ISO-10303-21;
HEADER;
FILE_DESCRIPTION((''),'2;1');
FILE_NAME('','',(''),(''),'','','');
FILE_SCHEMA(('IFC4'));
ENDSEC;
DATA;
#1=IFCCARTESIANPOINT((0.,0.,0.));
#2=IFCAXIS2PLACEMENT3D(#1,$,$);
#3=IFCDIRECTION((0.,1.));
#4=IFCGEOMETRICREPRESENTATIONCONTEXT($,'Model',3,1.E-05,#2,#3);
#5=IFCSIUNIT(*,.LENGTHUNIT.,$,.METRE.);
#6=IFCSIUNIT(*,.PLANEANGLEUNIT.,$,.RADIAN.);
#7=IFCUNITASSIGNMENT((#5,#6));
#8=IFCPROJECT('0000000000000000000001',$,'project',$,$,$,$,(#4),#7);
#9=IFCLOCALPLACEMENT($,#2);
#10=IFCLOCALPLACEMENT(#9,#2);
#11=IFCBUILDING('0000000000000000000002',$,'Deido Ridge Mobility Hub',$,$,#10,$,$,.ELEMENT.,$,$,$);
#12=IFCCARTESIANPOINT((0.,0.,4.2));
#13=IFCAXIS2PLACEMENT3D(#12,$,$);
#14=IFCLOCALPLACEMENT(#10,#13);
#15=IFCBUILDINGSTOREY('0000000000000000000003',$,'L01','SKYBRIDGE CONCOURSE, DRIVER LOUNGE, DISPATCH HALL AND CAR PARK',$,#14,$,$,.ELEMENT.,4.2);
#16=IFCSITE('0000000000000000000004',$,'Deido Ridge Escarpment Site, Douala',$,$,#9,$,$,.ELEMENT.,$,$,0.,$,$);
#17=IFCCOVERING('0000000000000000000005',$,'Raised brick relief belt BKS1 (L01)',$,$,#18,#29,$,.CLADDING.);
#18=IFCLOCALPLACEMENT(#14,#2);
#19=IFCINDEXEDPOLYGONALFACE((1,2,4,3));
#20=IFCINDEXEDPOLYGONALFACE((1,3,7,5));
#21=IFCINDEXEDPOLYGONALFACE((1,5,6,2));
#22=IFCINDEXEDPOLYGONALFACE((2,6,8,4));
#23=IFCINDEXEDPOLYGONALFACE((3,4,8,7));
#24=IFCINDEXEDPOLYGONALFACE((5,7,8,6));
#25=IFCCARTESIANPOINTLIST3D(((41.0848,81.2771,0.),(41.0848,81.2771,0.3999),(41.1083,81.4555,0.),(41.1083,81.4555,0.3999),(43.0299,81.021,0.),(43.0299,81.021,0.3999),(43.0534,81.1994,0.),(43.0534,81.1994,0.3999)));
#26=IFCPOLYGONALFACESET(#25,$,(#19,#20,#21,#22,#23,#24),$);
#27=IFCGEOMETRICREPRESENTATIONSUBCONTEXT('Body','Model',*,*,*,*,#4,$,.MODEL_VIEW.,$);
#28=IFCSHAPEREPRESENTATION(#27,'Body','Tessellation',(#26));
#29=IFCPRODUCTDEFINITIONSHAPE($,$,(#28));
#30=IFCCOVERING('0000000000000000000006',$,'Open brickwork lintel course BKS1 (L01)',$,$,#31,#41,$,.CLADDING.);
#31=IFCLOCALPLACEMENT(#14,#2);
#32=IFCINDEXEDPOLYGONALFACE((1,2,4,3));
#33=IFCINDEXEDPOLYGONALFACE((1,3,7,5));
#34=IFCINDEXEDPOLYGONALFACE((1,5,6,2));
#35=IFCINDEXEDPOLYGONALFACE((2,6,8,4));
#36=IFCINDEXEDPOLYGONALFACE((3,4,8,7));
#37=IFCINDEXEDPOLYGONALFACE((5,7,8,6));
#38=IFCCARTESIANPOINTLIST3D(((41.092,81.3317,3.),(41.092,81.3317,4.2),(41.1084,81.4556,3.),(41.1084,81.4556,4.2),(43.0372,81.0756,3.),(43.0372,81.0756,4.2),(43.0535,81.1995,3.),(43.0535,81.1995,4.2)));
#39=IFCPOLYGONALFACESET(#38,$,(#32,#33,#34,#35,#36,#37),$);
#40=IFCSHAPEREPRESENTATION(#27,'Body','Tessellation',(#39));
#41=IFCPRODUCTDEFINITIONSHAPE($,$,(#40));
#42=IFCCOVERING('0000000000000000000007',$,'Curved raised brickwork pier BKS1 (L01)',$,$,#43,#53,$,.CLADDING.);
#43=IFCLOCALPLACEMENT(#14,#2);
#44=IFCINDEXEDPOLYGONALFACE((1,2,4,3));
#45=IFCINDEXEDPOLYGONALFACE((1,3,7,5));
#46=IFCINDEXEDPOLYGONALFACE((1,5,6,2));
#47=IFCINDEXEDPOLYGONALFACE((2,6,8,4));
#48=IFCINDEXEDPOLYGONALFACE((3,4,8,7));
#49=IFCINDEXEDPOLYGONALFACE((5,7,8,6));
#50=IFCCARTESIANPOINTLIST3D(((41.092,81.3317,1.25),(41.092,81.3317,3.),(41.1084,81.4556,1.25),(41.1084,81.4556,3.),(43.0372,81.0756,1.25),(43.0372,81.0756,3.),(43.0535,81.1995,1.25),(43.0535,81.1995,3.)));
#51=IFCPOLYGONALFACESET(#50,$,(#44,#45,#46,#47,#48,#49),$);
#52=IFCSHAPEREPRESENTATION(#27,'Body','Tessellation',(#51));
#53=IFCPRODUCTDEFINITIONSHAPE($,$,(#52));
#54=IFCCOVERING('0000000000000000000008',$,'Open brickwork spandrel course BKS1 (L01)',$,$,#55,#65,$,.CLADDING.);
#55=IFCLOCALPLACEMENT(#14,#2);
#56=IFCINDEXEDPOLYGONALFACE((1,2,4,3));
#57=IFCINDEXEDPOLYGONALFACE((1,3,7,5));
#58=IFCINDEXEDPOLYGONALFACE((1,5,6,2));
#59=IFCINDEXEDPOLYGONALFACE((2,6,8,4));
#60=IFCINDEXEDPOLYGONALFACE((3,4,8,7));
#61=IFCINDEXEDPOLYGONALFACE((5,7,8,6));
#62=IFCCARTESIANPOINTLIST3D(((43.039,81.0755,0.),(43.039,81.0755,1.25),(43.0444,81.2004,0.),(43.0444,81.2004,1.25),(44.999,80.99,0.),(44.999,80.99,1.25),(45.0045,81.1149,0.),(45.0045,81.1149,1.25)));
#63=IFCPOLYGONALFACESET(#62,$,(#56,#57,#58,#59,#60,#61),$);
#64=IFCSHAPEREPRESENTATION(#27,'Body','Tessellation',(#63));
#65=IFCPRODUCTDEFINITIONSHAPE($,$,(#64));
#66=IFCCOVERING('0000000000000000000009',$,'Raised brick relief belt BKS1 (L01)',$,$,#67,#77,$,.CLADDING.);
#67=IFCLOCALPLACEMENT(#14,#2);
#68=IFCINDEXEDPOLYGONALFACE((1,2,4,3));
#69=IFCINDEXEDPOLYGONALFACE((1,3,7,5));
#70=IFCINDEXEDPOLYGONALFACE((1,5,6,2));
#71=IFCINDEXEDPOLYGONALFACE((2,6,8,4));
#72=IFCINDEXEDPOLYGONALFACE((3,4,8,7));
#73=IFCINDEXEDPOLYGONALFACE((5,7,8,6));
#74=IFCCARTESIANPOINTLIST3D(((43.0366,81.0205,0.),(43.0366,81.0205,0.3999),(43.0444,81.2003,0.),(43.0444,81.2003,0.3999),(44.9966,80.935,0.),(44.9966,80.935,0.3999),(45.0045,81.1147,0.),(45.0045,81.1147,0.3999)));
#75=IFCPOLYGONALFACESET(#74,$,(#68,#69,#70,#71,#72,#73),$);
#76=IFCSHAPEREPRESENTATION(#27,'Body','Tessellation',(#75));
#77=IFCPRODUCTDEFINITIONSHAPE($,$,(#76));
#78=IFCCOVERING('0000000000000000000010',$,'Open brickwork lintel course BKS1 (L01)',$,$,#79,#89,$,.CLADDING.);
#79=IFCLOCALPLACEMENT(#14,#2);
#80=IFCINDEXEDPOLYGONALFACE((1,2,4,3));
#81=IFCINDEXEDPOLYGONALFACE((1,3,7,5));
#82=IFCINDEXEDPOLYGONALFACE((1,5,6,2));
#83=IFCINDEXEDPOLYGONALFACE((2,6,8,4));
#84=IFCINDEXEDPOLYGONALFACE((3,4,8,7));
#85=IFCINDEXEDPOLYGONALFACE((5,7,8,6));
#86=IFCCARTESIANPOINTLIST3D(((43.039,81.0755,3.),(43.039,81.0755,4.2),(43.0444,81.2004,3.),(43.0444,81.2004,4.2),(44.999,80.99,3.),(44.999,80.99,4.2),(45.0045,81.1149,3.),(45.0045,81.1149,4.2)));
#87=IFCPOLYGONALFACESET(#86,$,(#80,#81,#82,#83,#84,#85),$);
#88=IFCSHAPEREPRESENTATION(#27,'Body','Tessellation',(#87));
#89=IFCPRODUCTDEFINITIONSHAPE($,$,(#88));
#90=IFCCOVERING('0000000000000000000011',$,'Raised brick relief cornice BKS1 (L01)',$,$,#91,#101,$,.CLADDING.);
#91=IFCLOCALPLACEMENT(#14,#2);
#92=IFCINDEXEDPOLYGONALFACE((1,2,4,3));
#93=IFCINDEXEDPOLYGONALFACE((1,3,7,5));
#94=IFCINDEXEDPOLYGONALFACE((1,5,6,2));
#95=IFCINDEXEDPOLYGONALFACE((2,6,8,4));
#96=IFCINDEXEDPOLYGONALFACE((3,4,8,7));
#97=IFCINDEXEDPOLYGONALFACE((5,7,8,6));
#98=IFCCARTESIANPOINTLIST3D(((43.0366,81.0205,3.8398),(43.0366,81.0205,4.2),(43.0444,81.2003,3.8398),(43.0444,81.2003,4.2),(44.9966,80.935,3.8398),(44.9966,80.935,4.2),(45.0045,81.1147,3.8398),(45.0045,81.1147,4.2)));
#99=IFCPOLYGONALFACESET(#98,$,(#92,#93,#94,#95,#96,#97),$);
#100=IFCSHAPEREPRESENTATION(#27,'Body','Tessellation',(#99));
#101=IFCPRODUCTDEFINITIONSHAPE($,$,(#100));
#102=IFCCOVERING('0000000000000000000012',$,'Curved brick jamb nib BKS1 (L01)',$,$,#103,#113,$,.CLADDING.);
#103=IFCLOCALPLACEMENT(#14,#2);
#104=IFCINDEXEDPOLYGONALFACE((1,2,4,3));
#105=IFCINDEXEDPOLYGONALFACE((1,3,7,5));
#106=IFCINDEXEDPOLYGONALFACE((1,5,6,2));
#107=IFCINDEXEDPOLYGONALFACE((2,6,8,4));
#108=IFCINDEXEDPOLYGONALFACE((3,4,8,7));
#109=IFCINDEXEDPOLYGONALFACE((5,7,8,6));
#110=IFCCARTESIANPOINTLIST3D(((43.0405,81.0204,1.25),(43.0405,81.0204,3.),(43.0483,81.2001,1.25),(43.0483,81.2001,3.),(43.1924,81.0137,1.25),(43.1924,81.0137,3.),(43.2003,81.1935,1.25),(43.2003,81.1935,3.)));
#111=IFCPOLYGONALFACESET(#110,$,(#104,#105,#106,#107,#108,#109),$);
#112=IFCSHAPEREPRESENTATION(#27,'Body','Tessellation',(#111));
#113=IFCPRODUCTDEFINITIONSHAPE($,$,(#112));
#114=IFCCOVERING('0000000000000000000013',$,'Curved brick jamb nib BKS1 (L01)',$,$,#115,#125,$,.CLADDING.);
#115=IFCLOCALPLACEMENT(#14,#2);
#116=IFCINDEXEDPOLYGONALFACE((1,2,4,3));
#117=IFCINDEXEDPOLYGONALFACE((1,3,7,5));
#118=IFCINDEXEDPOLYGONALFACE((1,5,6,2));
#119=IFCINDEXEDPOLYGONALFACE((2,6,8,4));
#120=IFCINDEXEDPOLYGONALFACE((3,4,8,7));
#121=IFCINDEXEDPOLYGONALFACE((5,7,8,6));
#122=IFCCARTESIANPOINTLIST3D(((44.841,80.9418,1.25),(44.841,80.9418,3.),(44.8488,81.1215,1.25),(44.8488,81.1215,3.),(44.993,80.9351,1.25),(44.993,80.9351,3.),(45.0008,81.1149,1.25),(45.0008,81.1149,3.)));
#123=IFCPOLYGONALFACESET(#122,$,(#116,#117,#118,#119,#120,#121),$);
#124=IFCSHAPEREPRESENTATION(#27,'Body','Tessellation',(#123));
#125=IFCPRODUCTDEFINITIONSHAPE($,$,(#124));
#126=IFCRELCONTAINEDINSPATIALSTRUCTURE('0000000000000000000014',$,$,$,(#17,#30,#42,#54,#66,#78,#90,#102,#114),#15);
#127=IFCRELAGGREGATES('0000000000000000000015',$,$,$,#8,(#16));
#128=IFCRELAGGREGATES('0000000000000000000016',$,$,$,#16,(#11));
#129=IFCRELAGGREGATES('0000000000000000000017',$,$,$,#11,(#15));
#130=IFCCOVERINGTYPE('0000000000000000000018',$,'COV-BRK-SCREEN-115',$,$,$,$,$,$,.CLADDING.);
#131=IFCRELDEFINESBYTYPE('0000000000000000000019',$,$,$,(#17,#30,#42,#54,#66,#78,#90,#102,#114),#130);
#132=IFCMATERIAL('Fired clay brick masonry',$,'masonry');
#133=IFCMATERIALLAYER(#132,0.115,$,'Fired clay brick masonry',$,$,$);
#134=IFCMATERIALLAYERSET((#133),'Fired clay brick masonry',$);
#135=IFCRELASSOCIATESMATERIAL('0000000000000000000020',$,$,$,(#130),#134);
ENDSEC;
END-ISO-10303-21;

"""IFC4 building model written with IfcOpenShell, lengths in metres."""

from ifc_helpers import new_model, si_unit, direction, frame, origin, origin_2d, place, context, subcontext, project, spatial, rectangle, extrude, material, layer, layer_set, type_object, element, save


model = new_model("IFC4")

# Units and contexts
model_context = context("Model", 3, precision=1e-05, world=origin(), true_north=direction((0.0, 1.0)))
body_context = subcontext(model_context, "Body", "Model", "MODEL_VIEW")
ifc_project = project(units=[si_unit("LENGTHUNIT", "METRE"), si_unit("PLANEANGLEUNIT", "RADIAN")], contexts=[model_context])

# Site, building, storey
site_placement = place(None, origin())
site = spatial("IfcSite", under=ifc_project, at=site_placement, Name="Deido Ridge Escarpment Site, Douala", CompositionType="ELEMENT", RefElevation=0.0)
building_placement = place(site_placement, origin())
building = spatial("IfcBuilding", under=site, at=building_placement, Name="Deido Ridge Mobility Hub", CompositionType="ELEMENT")
storey_placement = place(building_placement, frame((0.0, 0.0, 4.2)))
storey = spatial("IfcBuildingStorey", under=building, at=storey_placement, Name="L01", Description="SKYBRIDGE CONCOURSE, DRIVER LOUNGE, DISPATCH HALL AND CAR PARK", CompositionType="ELEMENT", Elevation=4.2)

# Coverings
ifc_material_1 = material(Name="Fired clay brick masonry", Category="masonry")
ifc_layer_1 = layer(ifc_material_1, 0.115, Name="Fired clay brick masonry")
ifc_layer_set_1 = layer_set([ifc_layer_1], Name="Fired clay brick masonry")
covering_type = type_object("IfcCoveringType", Name="COV-BRK-SCREEN-115", PredefinedType="CLADDING", material=ifc_layer_set_1)
covering_1_placement = place(storey_placement, frame((42.0691, 81.2383, 0.0), z_axis=(0.0, 0.0, 1.0), x_axis=(0.991443, -0.130543, 0.0)))
element("IfcCovering", 1, at=covering_1_placement, inside=storey, type_object=covering_type, Name="Raised brick relief belt BKS1 (L01)", PredefinedType="CLADDING", context=body_context, shape_type="SweptSolid", body=[
    extrude(rectangle(XDim=1.9619, YDim=0.1799, at=origin_2d()), origin(), (0.0, 0.0, 1.0), 0.3999),
])
covering_2_placement = place(storey_placement, frame((42.0728, 81.2656, 3.0), z_axis=(0.0, 0.0, 1.0), x_axis=(0.991443, -0.130543, 0.0)))
element("IfcCovering", 2, at=covering_2_placement, inside=storey, type_object=covering_type, Name="Open brickwork lintel course BKS1 (L01)", PredefinedType="CLADDING", context=body_context, shape_type="SweptSolid", body=[
    extrude(rectangle(XDim=1.9619, YDim=0.125, at=origin_2d()), origin(), (0.0, 0.0, 1.0), 1.2),
])
covering_3_placement = place(storey_placement, frame((42.0728, 81.2656, 1.25), z_axis=(0.0, 0.0, 1.0), x_axis=(0.991443, -0.130543, 0.0)))
element("IfcCovering", 3, at=covering_3_placement, inside=storey, type_object=covering_type, Name="Curved raised brickwork pier BKS1 (L01)", PredefinedType="CLADDING", context=body_context, shape_type="SweptSolid", body=[
    extrude(rectangle(XDim=1.9619, YDim=0.125, at=origin_2d()), origin(), (0.0, 0.0, 1.0), 1.75),
])
covering_4_placement = place(storey_placement, frame((44.0217, 81.0952, 0.0), z_axis=(0.0, 0.0, 1.0), x_axis=(0.999049, -0.043602, 0.0)))
element("IfcCovering", 4, at=covering_4_placement, inside=storey, type_object=covering_type, Name="Open brickwork spandrel course BKS1 (L01)", PredefinedType="CLADDING", context=body_context, shape_type="SweptSolid", body=[
    extrude(rectangle(XDim=1.9619, YDim=0.125, at=origin_2d()), origin(), (0.0, 0.0, 1.0), 1.25),
])
covering_5_placement = place(storey_placement, frame((44.0205, 81.0676, 0.0), z_axis=(0.0, 0.0, 1.0), x_axis=(0.999049, -0.043602, 0.0)))
element("IfcCovering", 5, at=covering_5_placement, inside=storey, type_object=covering_type, Name="Raised brick relief belt BKS1 (L01)", PredefinedType="CLADDING", context=body_context, shape_type="SweptSolid", body=[
    extrude(rectangle(XDim=1.9619, YDim=0.1799, at=origin_2d()), origin(), (0.0, 0.0, 1.0), 0.3999),
])
covering_6_placement = place(storey_placement, frame((44.0217, 81.0952, 3.0), z_axis=(0.0, 0.0, 1.0), x_axis=(0.999049, -0.043602, 0.0)))
element("IfcCovering", 6, at=covering_6_placement, inside=storey, type_object=covering_type, Name="Open brickwork lintel course BKS1 (L01)", PredefinedType="CLADDING", context=body_context, shape_type="SweptSolid", body=[
    extrude(rectangle(XDim=1.9619, YDim=0.125, at=origin_2d()), origin(), (0.0, 0.0, 1.0), 1.2),
])
covering_7_placement = place(storey_placement, frame((44.0205, 81.0676, 3.8398), z_axis=(0.0, 0.0, 1.0), x_axis=(0.999049, -0.043602, 0.0)))
element("IfcCovering", 7, at=covering_7_placement, inside=storey, type_object=covering_type, Name="Raised brick relief cornice BKS1 (L01)", PredefinedType="CLADDING", context=body_context, shape_type="SweptSolid", body=[
    extrude(rectangle(XDim=1.9619, YDim=0.1799, at=origin_2d()), origin(), (0.0, 0.0, 1.0), 0.3601),
])
for number, where, z_axis, x_axis, name in (
    (8, (43.1204, 81.1069, 1.25), (0.0, 0.0, 1.0), (0.999049, -0.043602, 0.0), "Curved brick jamb nib BKS1 (L01)"),
    (9, (44.9209, 81.0283, 1.25), (0.0, 0.0, 1.0), (0.999049, -0.043602, 0.0), "Curved brick jamb nib BKS1 (L01)"),
):
    element("IfcCovering", number, at=place(storey_placement, frame(where, z_axis=z_axis, x_axis=x_axis)), inside=storey, type_object=covering_type, Name=name, PredefinedType="CLADDING", context=body_context, shape_type="SweptSolid", body=[
        extrude(rectangle(XDim=0.1521, YDim=0.1799, at=origin_2d()), origin(), (0.0, 0.0, 1.0), 1.75),
    ])

save(model, "model.ifc")
